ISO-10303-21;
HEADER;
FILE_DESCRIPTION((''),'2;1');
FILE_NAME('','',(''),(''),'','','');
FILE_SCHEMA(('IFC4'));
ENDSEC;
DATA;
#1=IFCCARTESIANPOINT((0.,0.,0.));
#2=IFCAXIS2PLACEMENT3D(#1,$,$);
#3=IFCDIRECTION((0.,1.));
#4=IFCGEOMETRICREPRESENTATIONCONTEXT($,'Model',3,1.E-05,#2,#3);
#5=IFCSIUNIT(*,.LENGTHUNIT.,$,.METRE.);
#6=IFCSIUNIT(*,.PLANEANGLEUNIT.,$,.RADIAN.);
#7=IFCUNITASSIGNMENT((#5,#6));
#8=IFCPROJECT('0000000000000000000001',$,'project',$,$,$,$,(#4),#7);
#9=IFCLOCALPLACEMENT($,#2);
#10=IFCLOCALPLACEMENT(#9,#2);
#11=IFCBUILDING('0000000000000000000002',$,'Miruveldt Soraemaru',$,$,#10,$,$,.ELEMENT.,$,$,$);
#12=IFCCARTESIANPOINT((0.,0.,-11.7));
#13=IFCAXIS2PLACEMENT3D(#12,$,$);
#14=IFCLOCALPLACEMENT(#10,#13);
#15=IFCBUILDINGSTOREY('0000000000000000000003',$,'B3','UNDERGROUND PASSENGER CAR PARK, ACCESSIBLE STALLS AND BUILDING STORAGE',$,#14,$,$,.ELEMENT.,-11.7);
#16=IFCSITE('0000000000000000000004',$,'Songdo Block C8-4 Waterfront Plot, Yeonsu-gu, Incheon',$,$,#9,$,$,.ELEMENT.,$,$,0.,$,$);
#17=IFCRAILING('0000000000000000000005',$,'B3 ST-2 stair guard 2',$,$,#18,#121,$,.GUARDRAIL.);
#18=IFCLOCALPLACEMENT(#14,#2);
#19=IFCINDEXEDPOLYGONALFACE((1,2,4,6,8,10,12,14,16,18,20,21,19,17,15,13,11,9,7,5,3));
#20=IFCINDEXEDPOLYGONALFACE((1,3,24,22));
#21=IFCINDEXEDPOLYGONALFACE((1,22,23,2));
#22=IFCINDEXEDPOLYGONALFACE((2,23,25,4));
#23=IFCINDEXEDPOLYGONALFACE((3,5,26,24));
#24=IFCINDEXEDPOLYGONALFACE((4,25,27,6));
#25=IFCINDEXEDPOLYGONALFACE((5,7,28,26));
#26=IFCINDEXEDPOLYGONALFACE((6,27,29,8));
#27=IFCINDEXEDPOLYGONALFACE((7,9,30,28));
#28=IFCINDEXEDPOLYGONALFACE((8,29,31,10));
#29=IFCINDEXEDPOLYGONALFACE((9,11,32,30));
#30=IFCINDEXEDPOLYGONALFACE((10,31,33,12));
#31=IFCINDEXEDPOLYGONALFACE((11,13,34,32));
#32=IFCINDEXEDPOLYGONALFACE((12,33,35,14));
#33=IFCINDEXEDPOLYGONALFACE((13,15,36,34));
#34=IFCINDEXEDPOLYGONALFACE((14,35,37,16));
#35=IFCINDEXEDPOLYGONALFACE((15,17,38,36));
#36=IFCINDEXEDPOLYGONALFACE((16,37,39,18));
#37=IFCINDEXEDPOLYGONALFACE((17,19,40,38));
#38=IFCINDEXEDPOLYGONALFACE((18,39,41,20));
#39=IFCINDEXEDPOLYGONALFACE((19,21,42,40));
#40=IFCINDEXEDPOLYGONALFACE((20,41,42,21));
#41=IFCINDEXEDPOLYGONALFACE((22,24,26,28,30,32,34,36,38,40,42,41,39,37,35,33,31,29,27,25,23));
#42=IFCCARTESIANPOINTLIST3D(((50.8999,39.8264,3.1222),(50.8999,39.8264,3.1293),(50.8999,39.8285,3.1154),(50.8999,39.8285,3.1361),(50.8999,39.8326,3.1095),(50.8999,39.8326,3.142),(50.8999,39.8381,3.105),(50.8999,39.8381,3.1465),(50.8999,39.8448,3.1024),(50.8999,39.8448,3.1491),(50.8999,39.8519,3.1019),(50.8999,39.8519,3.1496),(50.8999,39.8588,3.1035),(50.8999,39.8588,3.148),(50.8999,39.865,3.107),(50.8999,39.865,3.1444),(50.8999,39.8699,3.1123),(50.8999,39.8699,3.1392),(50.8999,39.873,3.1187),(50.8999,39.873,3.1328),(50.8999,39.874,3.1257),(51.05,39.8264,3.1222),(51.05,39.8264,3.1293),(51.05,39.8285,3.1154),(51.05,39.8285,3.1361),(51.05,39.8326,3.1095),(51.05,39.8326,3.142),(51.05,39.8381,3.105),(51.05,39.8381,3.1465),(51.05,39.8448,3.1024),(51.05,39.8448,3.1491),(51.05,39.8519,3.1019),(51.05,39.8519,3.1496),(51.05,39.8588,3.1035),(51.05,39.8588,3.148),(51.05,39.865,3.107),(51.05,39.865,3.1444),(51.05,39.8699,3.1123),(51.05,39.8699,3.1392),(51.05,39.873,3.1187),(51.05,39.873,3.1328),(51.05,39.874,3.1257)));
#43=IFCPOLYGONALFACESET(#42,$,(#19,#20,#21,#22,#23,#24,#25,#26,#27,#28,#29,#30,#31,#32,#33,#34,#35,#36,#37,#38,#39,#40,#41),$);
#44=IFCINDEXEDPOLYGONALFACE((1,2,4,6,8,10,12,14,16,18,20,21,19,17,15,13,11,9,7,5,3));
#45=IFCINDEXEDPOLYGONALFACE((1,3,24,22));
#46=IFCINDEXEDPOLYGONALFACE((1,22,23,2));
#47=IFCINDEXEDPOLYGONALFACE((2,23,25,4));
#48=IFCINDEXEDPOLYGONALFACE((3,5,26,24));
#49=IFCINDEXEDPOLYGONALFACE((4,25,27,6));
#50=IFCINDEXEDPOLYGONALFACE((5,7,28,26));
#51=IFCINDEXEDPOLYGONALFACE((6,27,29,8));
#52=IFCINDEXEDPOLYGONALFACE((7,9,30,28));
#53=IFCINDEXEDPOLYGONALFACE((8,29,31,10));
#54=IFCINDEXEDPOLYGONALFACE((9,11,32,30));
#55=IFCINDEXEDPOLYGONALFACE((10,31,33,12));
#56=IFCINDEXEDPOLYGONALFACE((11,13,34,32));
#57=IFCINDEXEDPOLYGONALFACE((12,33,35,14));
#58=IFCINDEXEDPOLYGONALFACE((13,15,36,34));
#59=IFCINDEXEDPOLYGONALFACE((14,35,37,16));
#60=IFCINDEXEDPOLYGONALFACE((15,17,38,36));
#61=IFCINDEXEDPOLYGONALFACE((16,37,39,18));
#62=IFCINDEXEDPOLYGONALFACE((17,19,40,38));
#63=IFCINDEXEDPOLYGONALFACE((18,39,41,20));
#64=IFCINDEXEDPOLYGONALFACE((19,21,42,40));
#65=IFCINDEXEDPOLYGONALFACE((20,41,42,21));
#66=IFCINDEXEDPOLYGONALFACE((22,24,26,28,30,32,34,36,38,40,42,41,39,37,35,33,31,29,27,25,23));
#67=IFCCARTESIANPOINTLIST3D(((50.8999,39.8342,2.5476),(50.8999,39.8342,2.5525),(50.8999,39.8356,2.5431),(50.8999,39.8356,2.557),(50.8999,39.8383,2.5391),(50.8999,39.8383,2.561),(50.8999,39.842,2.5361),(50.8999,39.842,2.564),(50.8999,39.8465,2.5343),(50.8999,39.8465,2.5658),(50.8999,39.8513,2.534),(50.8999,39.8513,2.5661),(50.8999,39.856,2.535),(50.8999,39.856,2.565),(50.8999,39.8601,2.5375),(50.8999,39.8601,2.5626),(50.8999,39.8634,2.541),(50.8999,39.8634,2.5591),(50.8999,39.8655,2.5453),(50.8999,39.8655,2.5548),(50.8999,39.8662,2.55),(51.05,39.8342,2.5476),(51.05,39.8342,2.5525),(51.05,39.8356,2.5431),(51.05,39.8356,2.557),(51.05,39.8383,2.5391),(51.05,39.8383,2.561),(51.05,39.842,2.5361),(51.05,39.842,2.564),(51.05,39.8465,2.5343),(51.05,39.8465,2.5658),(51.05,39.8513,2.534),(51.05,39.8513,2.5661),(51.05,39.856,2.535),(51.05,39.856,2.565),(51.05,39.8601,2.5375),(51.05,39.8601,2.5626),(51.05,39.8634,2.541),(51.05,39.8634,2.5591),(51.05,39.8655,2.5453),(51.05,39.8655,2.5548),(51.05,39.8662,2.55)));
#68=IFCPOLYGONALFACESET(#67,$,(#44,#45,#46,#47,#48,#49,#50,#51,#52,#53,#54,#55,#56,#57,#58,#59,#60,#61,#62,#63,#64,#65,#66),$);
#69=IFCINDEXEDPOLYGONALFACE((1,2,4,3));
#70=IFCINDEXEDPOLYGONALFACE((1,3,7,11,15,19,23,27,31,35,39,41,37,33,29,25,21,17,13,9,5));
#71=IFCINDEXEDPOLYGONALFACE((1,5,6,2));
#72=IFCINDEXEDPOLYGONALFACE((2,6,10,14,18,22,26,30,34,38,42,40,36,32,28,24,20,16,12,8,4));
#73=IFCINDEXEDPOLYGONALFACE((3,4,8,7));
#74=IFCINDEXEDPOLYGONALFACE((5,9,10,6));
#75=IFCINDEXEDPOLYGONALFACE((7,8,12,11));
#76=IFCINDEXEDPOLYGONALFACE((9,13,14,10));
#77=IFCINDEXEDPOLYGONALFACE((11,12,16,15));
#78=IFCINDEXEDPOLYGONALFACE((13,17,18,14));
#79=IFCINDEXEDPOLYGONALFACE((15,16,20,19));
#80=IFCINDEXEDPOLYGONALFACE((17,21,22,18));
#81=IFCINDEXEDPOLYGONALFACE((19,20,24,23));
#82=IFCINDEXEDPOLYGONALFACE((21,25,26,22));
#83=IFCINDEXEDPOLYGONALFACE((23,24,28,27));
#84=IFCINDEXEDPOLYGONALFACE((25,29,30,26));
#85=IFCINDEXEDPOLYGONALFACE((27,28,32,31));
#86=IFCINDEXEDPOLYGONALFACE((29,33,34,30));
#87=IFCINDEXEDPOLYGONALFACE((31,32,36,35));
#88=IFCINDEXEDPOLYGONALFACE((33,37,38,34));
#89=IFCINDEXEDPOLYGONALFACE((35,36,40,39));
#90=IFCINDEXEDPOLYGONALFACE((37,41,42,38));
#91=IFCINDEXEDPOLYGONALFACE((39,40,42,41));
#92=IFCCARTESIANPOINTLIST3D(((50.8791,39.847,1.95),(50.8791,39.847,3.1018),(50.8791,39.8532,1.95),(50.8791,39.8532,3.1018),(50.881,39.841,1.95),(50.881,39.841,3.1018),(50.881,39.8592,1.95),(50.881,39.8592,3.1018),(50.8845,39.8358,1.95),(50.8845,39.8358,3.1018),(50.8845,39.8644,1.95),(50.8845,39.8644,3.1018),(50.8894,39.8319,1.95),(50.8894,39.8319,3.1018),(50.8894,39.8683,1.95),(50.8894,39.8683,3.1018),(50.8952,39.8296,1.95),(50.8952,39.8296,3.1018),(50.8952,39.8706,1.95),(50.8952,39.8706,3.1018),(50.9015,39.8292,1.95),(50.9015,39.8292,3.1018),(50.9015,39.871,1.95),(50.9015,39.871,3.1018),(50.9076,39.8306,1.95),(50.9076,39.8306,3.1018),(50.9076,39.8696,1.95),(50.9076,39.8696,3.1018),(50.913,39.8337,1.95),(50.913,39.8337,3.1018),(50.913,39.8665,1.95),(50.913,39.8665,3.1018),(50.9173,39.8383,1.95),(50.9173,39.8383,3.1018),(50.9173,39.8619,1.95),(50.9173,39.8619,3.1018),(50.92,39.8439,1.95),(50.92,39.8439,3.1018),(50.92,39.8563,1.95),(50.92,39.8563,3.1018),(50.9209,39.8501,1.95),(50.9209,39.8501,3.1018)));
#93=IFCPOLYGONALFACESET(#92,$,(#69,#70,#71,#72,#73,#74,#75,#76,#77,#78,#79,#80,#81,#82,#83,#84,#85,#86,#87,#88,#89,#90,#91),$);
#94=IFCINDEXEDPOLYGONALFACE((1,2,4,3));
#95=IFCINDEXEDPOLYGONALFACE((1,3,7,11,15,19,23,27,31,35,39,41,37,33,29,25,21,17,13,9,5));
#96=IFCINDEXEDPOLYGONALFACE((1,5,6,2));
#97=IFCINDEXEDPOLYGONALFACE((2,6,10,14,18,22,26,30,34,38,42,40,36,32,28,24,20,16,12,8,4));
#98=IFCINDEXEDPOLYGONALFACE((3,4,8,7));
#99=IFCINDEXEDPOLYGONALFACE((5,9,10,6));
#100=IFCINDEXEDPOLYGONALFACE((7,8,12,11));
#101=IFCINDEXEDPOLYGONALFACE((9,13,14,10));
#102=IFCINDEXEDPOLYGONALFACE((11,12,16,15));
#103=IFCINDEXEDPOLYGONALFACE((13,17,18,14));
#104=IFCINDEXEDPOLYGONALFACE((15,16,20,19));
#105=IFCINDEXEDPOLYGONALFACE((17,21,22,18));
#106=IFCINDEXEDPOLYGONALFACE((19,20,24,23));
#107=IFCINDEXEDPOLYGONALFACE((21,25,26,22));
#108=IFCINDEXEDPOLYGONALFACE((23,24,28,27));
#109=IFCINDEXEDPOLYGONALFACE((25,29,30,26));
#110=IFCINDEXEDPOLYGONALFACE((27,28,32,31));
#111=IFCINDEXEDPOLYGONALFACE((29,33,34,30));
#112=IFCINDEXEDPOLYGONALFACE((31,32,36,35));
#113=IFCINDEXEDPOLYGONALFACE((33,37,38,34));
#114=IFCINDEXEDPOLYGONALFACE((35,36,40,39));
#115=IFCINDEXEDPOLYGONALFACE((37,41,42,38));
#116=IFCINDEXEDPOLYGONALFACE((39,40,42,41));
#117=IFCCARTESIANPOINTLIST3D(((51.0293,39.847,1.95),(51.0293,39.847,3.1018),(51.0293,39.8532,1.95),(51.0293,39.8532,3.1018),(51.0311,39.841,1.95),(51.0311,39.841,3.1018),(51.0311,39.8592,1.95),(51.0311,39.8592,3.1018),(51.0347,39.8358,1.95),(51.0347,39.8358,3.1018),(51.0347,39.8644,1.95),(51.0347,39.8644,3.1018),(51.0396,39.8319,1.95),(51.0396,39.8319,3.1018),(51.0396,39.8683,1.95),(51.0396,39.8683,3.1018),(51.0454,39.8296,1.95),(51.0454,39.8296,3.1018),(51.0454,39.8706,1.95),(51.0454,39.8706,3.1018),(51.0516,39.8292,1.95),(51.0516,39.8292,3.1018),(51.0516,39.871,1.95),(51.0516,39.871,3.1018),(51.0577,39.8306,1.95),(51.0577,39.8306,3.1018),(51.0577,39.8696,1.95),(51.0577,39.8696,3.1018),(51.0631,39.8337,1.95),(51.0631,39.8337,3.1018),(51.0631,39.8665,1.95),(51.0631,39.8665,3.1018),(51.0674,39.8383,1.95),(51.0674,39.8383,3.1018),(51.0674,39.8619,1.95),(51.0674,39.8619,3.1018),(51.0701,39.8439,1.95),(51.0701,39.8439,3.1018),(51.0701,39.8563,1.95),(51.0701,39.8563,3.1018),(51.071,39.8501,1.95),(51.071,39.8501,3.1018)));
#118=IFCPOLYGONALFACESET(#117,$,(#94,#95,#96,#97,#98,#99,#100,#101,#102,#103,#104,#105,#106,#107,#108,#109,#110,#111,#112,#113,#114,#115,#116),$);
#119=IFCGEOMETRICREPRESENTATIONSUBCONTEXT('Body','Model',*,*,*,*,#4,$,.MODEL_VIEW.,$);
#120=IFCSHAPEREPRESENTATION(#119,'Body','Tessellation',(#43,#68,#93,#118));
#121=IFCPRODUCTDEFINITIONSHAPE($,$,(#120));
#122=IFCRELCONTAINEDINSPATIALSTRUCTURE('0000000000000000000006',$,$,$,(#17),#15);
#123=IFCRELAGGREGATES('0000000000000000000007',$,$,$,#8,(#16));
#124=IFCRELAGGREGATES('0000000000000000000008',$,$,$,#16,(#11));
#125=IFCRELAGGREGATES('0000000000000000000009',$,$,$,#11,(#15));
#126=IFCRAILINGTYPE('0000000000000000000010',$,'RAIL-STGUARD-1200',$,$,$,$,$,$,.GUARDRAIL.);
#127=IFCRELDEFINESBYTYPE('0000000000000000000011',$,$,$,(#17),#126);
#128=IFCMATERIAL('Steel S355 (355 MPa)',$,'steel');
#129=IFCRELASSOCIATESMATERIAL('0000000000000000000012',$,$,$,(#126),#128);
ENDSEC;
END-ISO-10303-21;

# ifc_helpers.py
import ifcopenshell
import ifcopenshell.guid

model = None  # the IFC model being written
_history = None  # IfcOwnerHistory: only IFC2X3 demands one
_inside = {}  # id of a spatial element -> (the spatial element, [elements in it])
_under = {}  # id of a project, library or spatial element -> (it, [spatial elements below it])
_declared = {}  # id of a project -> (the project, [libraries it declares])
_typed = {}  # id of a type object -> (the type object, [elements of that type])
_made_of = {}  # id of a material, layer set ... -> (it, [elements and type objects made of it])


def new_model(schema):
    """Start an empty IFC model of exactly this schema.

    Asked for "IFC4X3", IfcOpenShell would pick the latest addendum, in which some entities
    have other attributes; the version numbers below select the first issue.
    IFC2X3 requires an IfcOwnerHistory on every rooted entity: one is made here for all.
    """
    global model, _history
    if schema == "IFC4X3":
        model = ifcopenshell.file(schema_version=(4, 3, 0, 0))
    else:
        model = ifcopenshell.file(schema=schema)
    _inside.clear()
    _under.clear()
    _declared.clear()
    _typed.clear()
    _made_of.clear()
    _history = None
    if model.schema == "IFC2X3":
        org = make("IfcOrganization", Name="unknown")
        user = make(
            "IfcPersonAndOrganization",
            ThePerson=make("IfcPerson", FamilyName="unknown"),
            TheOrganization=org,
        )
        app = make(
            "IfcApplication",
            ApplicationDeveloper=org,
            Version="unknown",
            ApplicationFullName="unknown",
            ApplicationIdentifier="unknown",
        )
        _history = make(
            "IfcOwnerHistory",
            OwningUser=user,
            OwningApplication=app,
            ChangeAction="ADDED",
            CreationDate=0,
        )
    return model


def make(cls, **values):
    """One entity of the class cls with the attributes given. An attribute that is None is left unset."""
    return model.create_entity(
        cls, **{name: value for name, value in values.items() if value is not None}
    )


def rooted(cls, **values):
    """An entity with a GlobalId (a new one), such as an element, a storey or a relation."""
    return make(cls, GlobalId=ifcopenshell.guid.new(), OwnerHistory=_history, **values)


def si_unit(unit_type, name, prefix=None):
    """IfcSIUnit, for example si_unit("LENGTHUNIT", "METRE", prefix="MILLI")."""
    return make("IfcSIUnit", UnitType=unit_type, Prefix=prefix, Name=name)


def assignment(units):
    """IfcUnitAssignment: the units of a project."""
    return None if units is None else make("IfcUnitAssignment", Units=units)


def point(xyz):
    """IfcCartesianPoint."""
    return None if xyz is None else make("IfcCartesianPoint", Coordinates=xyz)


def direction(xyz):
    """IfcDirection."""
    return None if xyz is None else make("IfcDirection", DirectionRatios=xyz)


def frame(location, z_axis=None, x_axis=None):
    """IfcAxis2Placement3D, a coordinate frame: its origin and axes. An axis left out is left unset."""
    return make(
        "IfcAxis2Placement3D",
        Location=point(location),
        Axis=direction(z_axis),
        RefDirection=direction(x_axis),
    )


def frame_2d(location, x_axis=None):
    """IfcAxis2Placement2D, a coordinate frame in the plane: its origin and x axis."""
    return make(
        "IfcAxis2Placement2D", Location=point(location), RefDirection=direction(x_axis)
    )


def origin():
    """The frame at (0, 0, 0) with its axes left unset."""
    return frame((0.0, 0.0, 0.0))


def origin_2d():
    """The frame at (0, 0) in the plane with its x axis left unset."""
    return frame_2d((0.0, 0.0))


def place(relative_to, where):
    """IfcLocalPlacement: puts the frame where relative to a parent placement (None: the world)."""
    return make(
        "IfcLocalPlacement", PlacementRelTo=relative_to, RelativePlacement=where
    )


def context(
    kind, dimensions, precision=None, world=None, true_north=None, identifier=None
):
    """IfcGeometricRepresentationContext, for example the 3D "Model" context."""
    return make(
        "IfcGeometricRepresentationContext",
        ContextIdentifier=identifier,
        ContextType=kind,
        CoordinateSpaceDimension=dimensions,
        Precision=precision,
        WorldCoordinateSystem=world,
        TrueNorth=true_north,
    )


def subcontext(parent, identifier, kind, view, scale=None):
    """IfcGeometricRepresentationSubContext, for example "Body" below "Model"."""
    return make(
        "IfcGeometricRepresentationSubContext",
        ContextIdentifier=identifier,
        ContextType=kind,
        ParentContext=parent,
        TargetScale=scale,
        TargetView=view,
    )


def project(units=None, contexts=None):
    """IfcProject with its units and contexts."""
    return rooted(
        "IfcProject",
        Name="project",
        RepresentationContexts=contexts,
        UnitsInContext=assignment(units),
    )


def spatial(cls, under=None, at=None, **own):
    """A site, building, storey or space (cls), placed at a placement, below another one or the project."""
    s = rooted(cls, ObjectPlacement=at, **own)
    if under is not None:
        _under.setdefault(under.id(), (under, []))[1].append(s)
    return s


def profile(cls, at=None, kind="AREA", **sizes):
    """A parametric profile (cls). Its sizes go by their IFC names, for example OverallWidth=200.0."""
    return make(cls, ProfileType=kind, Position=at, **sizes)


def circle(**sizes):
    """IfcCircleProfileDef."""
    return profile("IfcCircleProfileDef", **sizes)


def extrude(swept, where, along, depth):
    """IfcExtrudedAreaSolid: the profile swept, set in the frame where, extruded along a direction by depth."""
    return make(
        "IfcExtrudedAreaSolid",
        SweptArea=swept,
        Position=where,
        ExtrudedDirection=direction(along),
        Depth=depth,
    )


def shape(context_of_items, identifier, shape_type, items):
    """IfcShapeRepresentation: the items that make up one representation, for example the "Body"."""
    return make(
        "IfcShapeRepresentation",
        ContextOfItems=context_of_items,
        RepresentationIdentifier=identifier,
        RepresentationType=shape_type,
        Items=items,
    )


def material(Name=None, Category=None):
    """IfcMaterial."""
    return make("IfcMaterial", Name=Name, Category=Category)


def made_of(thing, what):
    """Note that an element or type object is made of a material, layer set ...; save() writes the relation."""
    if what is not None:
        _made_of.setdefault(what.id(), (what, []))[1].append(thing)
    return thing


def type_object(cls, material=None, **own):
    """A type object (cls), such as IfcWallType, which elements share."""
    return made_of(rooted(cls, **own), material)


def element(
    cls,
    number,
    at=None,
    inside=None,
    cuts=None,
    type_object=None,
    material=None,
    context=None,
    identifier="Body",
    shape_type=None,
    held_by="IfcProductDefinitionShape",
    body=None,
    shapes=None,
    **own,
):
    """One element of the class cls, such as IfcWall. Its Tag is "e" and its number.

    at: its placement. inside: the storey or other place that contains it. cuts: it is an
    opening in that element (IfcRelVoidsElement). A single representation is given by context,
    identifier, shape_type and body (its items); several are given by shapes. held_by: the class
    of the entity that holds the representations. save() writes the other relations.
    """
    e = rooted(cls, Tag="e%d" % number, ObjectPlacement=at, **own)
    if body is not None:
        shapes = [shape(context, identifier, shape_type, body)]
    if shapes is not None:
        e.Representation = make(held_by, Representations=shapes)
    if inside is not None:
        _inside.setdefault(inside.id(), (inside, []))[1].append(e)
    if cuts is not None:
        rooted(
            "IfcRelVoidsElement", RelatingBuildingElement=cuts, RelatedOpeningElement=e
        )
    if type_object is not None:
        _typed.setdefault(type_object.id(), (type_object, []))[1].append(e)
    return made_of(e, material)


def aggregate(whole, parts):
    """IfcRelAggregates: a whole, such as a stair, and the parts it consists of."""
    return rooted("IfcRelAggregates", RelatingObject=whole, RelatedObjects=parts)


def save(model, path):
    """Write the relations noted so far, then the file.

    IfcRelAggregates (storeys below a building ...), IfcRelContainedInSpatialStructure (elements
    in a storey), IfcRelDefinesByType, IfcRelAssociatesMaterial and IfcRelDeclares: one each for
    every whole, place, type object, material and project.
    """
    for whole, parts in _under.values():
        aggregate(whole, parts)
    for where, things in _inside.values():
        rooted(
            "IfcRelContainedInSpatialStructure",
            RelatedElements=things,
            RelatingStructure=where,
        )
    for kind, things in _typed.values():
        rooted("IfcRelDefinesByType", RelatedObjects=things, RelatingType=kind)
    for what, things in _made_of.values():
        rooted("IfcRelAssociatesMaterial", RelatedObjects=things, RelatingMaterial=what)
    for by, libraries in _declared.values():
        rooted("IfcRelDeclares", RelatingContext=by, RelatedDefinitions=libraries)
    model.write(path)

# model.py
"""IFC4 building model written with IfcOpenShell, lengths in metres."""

from ifc_helpers import new_model, si_unit, direction, frame, origin, origin_2d, place, context, subcontext, project, spatial, circle, extrude, material, type_object, element, save


model = new_model("IFC4")

# Units and contexts
model_context = context("Model", 3, precision=1e-05, world=origin(), true_north=direction((0.0, 1.0)))
body_context = subcontext(model_context, "Body", "Model", "MODEL_VIEW")
ifc_project = project(units=[si_unit("LENGTHUNIT", "METRE"), si_unit("PLANEANGLEUNIT", "RADIAN")], contexts=[model_context])

# Site, building, storey
site_placement = place(None, origin())
site = spatial("IfcSite", under=ifc_project, at=site_placement, Name="Songdo Block C8-4 Waterfront Plot, Yeonsu-gu, Incheon", CompositionType="ELEMENT", RefElevation=0.0)
building_placement = place(site_placement, origin())
building = spatial("IfcBuilding", under=site, at=building_placement, Name="Miruveldt Soraemaru", CompositionType="ELEMENT")
storey_placement = place(building_placement, frame((0.0, 0.0, -11.7)))
storey = spatial("IfcBuildingStorey", under=building, at=storey_placement, Name="B3", Description="UNDERGROUND PASSENGER CAR PARK, ACCESSIBLE STALLS AND BUILDING STORAGE", CompositionType="ELEMENT", Elevation=-11.7)

# Railing
ifc_material_1 = material(Name="Steel S355 (355 MPa)", Category="steel")
railing_type = type_object("IfcRailingType", Name="RAIL-STGUARD-1200", PredefinedType="GUARDRAIL", material=ifc_material_1)
railing_placement = place(storey_placement, frame((50.8999, 39.8501, 1.95)))
element("IfcRailing", 1, at=railing_placement, inside=storey, type_object=railing_type, Name="B3 ST-2 stair guard 2", PredefinedType="GUARDRAIL", context=body_context, shape_type="SweptSolid", body=[
    extrude(circle(Radius=0.0239, at=origin_2d()), frame((0.0, 0.0, 1.1758), z_axis=(1.0, 0.0, 0.0), x_axis=(0.0, 1.0, 0.0)), (0.0, 0.0, 1.0), 0.1501),
    extrude(circle(Radius=0.0161, at=origin_2d()), frame((0.0, 0.0, 0.6001), z_axis=(1.0, 0.0, 0.0), x_axis=(0.0, 1.0, 0.0)), (0.0, 0.0, 1.0), 0.1501),
    extrude(circle(Radius=0.021, at=origin_2d()), origin(), (0.0, 0.0, 1.0), 1.1519),
    extrude(circle(Radius=0.021, at=origin_2d()), frame((0.1501, 0.0, 0.0)), (0.0, 0.0, 1.0), 1.1519),
])

save(model, "model.ifc")
